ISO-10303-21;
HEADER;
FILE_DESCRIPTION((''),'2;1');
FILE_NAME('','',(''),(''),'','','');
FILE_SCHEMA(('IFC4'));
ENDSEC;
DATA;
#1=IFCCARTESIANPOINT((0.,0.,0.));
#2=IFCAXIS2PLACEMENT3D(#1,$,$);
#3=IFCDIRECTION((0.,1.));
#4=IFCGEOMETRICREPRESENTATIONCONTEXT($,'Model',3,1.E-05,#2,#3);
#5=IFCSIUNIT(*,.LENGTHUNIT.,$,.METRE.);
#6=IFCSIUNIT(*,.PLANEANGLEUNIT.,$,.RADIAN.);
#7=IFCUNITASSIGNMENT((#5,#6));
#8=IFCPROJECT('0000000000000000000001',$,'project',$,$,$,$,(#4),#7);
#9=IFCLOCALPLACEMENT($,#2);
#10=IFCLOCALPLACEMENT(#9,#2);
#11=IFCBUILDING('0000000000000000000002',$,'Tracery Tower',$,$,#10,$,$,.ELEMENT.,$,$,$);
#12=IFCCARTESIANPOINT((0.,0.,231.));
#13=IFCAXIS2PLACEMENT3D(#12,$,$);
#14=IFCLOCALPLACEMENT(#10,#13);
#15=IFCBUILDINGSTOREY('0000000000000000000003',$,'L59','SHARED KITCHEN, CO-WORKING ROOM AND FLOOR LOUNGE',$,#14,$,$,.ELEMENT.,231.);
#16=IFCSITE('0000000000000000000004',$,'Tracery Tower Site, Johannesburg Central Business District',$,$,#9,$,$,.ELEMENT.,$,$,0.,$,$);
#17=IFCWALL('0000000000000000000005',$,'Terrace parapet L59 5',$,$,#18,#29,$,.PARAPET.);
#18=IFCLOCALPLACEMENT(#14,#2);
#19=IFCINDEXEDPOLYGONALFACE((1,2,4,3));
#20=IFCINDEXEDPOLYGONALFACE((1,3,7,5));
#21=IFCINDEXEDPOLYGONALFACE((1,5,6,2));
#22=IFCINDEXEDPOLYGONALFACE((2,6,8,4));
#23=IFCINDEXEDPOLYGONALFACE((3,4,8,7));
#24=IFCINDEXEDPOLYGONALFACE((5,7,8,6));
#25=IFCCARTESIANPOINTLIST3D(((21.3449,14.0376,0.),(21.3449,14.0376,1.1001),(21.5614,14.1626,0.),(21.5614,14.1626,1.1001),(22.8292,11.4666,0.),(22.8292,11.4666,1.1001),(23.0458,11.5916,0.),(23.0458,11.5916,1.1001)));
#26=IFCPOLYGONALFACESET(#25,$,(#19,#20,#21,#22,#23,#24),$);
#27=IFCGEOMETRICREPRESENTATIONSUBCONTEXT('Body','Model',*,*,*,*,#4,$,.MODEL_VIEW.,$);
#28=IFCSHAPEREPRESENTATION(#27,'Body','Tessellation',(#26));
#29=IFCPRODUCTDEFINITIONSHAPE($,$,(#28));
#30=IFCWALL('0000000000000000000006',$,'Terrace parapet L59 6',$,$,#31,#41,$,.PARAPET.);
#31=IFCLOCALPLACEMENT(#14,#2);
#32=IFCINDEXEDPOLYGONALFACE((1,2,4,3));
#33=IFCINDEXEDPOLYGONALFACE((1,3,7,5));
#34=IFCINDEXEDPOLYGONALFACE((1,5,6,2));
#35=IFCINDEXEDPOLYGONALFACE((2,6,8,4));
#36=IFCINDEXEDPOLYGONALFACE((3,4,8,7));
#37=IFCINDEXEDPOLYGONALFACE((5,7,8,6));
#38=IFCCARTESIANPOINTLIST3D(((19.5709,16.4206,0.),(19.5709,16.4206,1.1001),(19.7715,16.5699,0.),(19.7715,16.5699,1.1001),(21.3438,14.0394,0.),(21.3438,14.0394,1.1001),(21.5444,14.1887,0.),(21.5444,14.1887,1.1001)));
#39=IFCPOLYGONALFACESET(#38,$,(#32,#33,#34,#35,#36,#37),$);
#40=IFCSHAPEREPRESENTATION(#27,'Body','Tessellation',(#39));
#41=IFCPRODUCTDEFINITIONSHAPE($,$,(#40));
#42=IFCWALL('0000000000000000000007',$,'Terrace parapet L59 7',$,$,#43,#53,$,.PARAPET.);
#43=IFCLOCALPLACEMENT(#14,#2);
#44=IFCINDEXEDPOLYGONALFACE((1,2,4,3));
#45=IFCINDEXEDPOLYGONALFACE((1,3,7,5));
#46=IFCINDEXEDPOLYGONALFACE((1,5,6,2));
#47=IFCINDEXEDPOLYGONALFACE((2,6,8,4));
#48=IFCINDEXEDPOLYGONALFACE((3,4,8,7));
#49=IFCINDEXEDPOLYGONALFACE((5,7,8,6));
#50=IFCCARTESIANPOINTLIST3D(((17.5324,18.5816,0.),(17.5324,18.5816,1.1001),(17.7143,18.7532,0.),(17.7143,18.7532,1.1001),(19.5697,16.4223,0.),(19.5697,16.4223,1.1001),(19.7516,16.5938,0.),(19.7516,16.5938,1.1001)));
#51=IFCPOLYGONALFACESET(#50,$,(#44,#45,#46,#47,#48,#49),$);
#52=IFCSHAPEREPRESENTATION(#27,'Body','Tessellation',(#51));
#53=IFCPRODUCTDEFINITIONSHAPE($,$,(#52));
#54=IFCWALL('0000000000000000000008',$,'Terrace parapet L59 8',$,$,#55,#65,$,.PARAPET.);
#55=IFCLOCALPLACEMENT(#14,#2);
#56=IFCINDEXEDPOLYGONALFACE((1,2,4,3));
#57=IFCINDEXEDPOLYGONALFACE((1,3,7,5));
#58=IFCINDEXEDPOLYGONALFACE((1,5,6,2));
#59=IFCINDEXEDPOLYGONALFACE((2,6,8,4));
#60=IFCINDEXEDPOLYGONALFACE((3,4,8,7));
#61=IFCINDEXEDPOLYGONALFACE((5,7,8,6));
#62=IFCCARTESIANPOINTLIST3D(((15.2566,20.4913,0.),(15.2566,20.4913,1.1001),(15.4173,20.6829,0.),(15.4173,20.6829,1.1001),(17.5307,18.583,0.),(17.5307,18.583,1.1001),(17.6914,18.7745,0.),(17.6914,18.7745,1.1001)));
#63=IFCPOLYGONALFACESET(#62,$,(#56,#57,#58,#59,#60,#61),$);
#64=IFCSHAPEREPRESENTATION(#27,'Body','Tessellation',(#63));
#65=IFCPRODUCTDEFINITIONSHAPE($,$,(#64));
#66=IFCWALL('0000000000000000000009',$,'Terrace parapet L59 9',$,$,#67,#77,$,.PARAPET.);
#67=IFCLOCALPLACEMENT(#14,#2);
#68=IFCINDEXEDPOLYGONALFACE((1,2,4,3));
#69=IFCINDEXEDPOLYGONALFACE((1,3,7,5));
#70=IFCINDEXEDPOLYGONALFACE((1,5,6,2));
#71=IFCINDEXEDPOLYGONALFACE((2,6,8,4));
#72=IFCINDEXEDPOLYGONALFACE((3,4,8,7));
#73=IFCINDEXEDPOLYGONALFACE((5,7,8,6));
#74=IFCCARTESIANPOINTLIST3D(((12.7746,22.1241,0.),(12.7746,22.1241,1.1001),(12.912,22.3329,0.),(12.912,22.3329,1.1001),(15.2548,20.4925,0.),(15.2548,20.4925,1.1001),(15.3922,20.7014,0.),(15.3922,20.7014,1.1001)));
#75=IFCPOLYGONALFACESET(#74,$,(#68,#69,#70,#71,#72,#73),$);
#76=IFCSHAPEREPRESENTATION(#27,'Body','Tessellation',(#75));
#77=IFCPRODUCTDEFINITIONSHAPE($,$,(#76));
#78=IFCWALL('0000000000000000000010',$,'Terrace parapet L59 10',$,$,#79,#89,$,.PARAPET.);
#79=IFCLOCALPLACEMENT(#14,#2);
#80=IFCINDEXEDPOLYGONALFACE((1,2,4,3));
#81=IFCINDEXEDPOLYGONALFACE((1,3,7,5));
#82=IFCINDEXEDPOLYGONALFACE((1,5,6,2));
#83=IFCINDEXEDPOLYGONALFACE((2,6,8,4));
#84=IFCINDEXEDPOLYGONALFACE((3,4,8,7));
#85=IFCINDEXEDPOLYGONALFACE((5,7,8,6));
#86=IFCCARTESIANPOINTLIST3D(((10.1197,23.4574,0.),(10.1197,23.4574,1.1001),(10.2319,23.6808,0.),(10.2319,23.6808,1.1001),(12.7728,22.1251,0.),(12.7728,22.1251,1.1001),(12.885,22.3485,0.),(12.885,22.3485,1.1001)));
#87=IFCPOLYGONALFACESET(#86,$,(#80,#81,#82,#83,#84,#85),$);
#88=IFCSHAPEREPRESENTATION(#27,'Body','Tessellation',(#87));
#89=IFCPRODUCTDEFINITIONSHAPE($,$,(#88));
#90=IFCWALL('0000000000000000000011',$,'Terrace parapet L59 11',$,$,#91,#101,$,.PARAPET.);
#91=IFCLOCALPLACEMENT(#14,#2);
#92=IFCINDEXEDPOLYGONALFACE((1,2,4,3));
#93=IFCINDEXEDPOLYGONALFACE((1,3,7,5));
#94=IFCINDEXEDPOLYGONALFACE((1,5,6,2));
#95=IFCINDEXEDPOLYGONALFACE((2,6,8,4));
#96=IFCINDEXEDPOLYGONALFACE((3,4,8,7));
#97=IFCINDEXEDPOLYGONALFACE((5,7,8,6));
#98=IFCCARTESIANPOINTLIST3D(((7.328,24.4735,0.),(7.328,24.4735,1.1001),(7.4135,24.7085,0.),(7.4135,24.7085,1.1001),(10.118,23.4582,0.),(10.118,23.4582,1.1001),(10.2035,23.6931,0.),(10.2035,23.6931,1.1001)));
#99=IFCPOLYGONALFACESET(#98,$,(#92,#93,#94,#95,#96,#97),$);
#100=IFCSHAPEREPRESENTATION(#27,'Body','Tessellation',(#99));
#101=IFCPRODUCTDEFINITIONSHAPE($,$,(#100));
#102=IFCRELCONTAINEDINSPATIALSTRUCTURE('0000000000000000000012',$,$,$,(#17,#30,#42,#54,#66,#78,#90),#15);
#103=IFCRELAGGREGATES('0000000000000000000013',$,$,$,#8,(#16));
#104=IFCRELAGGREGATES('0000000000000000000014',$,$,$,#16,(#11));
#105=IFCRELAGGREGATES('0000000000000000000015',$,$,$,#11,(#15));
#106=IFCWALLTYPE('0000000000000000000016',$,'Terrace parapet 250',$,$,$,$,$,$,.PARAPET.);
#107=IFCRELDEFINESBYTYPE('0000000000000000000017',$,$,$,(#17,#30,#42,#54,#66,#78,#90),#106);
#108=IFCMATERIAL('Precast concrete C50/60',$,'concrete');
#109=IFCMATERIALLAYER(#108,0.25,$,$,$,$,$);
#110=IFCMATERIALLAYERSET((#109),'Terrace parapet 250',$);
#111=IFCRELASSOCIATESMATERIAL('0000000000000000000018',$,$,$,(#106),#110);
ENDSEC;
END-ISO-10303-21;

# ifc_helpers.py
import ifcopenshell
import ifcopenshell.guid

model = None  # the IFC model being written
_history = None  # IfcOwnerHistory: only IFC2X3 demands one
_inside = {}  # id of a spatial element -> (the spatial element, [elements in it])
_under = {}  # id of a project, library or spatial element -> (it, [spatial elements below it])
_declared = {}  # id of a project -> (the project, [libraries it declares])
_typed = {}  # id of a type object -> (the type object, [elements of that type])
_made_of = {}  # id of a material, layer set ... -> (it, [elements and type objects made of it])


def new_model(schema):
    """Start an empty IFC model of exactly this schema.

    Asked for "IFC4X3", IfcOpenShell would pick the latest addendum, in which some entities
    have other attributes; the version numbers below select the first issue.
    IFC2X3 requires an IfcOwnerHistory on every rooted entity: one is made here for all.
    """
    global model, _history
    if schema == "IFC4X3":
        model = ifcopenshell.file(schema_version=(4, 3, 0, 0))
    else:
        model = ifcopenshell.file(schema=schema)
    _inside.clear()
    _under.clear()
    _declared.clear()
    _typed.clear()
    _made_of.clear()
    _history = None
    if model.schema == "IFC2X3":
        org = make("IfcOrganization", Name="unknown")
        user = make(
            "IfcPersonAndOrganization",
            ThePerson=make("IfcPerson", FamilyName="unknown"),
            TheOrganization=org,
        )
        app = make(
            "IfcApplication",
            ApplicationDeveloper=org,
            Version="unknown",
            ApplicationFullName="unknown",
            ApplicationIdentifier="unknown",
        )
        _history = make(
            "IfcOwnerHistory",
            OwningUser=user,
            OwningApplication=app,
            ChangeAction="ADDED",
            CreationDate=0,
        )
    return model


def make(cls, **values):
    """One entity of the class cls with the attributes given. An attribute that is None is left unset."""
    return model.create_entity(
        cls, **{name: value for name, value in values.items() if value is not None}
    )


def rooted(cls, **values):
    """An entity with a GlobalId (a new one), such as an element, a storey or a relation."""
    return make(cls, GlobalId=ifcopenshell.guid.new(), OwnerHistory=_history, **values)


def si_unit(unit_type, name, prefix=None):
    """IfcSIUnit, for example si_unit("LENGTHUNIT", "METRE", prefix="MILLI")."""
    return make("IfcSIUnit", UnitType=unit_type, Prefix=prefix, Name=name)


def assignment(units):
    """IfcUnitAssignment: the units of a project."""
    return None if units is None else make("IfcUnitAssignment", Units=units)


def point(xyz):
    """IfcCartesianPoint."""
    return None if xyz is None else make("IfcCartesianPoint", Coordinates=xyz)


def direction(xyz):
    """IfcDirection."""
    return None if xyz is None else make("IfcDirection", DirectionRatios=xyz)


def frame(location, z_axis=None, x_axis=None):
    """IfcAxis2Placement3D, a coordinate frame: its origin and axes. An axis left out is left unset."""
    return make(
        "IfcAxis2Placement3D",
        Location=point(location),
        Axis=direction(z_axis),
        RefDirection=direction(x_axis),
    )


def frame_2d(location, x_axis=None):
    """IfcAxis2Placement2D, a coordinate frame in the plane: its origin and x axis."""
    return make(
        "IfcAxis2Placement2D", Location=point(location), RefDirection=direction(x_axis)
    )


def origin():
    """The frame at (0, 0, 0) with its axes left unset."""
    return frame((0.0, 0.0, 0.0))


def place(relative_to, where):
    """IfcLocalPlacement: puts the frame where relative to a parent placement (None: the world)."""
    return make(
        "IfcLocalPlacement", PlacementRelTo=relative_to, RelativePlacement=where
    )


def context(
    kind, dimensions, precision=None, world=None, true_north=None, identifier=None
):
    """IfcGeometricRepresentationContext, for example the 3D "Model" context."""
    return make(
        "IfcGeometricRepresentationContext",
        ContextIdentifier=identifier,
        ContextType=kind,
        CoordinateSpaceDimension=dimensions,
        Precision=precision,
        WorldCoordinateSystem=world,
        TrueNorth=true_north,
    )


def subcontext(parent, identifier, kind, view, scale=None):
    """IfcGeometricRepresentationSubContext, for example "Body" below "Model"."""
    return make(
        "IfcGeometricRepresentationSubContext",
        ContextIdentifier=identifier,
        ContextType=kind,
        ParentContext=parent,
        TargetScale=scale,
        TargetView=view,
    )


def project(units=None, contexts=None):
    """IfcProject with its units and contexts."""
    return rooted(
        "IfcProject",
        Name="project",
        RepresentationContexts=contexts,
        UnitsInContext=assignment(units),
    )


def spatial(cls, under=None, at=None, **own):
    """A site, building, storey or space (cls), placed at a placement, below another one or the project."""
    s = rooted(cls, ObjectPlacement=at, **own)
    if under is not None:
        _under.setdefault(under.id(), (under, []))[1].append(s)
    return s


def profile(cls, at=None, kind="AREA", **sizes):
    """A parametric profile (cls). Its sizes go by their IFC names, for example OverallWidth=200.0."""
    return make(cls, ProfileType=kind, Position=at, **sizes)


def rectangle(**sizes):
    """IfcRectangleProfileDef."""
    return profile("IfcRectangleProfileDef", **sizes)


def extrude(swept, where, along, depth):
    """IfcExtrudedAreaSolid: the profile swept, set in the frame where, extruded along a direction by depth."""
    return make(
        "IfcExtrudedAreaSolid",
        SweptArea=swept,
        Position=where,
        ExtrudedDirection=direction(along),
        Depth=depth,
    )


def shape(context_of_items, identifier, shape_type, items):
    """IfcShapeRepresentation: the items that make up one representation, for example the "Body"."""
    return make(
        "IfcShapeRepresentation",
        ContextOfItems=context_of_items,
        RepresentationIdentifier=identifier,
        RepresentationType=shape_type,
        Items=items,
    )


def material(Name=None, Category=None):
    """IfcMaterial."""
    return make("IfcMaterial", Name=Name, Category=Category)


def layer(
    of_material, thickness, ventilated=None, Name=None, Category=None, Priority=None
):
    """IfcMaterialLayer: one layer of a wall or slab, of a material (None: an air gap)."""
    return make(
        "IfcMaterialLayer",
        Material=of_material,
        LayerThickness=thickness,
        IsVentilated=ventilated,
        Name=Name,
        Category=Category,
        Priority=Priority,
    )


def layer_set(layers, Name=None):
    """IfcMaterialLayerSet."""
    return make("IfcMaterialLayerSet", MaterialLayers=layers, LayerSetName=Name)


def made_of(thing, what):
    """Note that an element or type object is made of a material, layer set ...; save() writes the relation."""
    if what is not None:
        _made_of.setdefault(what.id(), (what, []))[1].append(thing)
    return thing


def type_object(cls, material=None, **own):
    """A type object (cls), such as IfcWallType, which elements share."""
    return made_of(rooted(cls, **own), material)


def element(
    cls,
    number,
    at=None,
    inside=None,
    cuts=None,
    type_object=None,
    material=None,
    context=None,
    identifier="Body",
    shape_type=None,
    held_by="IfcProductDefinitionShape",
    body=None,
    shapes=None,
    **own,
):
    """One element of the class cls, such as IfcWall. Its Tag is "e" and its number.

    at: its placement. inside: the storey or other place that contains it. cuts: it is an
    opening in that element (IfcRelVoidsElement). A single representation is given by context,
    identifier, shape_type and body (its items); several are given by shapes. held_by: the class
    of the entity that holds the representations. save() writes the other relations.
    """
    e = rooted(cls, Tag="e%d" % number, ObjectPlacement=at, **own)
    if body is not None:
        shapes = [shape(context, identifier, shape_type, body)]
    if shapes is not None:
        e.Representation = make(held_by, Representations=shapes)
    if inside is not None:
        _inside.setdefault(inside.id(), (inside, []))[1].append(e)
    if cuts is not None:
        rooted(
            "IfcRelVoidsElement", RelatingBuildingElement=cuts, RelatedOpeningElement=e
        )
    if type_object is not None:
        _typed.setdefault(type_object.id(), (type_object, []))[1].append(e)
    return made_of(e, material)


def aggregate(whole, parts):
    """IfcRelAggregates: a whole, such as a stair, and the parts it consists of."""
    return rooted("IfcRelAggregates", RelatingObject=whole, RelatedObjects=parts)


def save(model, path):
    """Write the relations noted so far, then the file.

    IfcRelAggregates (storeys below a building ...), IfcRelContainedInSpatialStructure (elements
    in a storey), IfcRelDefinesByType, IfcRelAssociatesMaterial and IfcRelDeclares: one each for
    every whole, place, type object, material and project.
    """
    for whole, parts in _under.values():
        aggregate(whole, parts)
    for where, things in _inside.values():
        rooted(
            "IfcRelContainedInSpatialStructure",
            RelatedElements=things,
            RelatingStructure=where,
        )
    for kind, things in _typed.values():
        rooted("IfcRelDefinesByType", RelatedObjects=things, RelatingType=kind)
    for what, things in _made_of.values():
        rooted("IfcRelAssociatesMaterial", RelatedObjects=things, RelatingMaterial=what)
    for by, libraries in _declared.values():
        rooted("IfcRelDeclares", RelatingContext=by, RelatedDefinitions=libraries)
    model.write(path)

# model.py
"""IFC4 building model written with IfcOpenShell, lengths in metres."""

from ifc_helpers import new_model, si_unit, direction, frame, frame_2d, origin, place, context, subcontext, project, spatial, rectangle, extrude, material, layer, layer_set, type_object, element, save


model = new_model("IFC4")

# Units and contexts
model_context = context("Model", 3, precision=1e-05, world=origin(), true_north=direction((0.0, 1.0)))
body_context = subcontext(model_context, "Body", "Model", "MODEL_VIEW")
ifc_project = project(units=[si_unit("LENGTHUNIT", "METRE"), si_unit("PLANEANGLEUNIT", "RADIAN")], contexts=[model_context])

# Site, building, storey
site_placement = place(None, origin())
site = spatial("IfcSite", under=ifc_project, at=site_placement, Name="Tracery Tower Site, Johannesburg Central Business District", CompositionType="ELEMENT", RefElevation=0.0)
building_placement = place(site_placement, origin())
building = spatial("IfcBuilding", under=site, at=building_placement, Name="Tracery Tower", CompositionType="ELEMENT")
storey_placement = place(building_placement, frame((0.0, 0.0, 231.0)))
storey = spatial("IfcBuildingStorey", under=building, at=storey_placement, Name="L59", Description="SHARED KITCHEN, CO-WORKING ROOM AND FLOOR LOUNGE", CompositionType="ELEMENT", Elevation=231.0)

# Walls
ifc_material_1 = material(Name="Precast concrete C50/60", Category="concrete")
ifc_layer_1 = layer(ifc_material_1, 0.25)
ifc_layer_set_1 = layer_set([ifc_layer_1], Name="Terrace parapet 250")
wall_type_1 = type_object("IfcWallType", Name="Terrace parapet 250", PredefinedType="PARAPET", material=ifc_layer_set_1)
for number, where, z_axis, x_axis, name in (
    (1, (22.9375, 11.5291, 0.0), (0.0, 0.0, 1.0), (-0.499995, 0.866028, 0.0), "Terrace parapet L59 5"),
    (2, (21.4441, 14.114, 0.0), (0.0, 0.0, 1.0), (-0.597181, 0.802107, 0.0), "Terrace parapet L59 6"),
    (3, (19.6606, 16.5081, 0.0), (0.0, 0.0, 1.0), (-0.686249, 0.727367, 0.0), "Terrace parapet L59 7"),
    (4, (17.6111, 18.6787, 0.0), (0.0, 0.0, 1.0), (-0.766013, 0.642826, 0.0), "Terrace parapet L59 8"),
    (5, (15.3235, 20.5969, 0.0), (0.0, 0.0, 1.0), (-0.835438, 0.549585, 0.0), "Terrace parapet L59 9"),
    (6, (12.8289, 22.2368, 0.0), (0.0, 0.0, 1.0), (-0.893653, 0.448759, 0.0), "Terrace parapet L59 10"),
):
    element("IfcWall", number, at=place(storey_placement, frame(where, z_axis=z_axis, x_axis=x_axis)), inside=storey, type_object=wall_type_1, Name=name, PredefinedType="PARAPET", context=body_context, shape_type="SweptSolid", body=[
        extrude(rectangle(XDim=2.9688, YDim=0.25, at=frame_2d((1.4844, 0.0))), origin(), (0.0, 0.0, 1.0), 1.1001),
    ])
wall_1_placement = place(storey_placement, frame((10.1606, 23.5757, 0.0), z_axis=(0.0, 0.0, 1.0), x_axis=(-0.939705, 0.341987, 0.0)))
element("IfcWall", 7, at=wall_1_placement, inside=storey, type_object=wall_type_1, Name="Terrace parapet L59 11", PredefinedType="PARAPET", context=body_context, shape_type="SweptSolid", body=[
    extrude(rectangle(XDim=2.969, YDim=0.25, at=frame_2d((1.4844, 0.0))), origin(), (0.0, 0.0, 1.0), 1.1001),
])

save(model, "model.ifc")
